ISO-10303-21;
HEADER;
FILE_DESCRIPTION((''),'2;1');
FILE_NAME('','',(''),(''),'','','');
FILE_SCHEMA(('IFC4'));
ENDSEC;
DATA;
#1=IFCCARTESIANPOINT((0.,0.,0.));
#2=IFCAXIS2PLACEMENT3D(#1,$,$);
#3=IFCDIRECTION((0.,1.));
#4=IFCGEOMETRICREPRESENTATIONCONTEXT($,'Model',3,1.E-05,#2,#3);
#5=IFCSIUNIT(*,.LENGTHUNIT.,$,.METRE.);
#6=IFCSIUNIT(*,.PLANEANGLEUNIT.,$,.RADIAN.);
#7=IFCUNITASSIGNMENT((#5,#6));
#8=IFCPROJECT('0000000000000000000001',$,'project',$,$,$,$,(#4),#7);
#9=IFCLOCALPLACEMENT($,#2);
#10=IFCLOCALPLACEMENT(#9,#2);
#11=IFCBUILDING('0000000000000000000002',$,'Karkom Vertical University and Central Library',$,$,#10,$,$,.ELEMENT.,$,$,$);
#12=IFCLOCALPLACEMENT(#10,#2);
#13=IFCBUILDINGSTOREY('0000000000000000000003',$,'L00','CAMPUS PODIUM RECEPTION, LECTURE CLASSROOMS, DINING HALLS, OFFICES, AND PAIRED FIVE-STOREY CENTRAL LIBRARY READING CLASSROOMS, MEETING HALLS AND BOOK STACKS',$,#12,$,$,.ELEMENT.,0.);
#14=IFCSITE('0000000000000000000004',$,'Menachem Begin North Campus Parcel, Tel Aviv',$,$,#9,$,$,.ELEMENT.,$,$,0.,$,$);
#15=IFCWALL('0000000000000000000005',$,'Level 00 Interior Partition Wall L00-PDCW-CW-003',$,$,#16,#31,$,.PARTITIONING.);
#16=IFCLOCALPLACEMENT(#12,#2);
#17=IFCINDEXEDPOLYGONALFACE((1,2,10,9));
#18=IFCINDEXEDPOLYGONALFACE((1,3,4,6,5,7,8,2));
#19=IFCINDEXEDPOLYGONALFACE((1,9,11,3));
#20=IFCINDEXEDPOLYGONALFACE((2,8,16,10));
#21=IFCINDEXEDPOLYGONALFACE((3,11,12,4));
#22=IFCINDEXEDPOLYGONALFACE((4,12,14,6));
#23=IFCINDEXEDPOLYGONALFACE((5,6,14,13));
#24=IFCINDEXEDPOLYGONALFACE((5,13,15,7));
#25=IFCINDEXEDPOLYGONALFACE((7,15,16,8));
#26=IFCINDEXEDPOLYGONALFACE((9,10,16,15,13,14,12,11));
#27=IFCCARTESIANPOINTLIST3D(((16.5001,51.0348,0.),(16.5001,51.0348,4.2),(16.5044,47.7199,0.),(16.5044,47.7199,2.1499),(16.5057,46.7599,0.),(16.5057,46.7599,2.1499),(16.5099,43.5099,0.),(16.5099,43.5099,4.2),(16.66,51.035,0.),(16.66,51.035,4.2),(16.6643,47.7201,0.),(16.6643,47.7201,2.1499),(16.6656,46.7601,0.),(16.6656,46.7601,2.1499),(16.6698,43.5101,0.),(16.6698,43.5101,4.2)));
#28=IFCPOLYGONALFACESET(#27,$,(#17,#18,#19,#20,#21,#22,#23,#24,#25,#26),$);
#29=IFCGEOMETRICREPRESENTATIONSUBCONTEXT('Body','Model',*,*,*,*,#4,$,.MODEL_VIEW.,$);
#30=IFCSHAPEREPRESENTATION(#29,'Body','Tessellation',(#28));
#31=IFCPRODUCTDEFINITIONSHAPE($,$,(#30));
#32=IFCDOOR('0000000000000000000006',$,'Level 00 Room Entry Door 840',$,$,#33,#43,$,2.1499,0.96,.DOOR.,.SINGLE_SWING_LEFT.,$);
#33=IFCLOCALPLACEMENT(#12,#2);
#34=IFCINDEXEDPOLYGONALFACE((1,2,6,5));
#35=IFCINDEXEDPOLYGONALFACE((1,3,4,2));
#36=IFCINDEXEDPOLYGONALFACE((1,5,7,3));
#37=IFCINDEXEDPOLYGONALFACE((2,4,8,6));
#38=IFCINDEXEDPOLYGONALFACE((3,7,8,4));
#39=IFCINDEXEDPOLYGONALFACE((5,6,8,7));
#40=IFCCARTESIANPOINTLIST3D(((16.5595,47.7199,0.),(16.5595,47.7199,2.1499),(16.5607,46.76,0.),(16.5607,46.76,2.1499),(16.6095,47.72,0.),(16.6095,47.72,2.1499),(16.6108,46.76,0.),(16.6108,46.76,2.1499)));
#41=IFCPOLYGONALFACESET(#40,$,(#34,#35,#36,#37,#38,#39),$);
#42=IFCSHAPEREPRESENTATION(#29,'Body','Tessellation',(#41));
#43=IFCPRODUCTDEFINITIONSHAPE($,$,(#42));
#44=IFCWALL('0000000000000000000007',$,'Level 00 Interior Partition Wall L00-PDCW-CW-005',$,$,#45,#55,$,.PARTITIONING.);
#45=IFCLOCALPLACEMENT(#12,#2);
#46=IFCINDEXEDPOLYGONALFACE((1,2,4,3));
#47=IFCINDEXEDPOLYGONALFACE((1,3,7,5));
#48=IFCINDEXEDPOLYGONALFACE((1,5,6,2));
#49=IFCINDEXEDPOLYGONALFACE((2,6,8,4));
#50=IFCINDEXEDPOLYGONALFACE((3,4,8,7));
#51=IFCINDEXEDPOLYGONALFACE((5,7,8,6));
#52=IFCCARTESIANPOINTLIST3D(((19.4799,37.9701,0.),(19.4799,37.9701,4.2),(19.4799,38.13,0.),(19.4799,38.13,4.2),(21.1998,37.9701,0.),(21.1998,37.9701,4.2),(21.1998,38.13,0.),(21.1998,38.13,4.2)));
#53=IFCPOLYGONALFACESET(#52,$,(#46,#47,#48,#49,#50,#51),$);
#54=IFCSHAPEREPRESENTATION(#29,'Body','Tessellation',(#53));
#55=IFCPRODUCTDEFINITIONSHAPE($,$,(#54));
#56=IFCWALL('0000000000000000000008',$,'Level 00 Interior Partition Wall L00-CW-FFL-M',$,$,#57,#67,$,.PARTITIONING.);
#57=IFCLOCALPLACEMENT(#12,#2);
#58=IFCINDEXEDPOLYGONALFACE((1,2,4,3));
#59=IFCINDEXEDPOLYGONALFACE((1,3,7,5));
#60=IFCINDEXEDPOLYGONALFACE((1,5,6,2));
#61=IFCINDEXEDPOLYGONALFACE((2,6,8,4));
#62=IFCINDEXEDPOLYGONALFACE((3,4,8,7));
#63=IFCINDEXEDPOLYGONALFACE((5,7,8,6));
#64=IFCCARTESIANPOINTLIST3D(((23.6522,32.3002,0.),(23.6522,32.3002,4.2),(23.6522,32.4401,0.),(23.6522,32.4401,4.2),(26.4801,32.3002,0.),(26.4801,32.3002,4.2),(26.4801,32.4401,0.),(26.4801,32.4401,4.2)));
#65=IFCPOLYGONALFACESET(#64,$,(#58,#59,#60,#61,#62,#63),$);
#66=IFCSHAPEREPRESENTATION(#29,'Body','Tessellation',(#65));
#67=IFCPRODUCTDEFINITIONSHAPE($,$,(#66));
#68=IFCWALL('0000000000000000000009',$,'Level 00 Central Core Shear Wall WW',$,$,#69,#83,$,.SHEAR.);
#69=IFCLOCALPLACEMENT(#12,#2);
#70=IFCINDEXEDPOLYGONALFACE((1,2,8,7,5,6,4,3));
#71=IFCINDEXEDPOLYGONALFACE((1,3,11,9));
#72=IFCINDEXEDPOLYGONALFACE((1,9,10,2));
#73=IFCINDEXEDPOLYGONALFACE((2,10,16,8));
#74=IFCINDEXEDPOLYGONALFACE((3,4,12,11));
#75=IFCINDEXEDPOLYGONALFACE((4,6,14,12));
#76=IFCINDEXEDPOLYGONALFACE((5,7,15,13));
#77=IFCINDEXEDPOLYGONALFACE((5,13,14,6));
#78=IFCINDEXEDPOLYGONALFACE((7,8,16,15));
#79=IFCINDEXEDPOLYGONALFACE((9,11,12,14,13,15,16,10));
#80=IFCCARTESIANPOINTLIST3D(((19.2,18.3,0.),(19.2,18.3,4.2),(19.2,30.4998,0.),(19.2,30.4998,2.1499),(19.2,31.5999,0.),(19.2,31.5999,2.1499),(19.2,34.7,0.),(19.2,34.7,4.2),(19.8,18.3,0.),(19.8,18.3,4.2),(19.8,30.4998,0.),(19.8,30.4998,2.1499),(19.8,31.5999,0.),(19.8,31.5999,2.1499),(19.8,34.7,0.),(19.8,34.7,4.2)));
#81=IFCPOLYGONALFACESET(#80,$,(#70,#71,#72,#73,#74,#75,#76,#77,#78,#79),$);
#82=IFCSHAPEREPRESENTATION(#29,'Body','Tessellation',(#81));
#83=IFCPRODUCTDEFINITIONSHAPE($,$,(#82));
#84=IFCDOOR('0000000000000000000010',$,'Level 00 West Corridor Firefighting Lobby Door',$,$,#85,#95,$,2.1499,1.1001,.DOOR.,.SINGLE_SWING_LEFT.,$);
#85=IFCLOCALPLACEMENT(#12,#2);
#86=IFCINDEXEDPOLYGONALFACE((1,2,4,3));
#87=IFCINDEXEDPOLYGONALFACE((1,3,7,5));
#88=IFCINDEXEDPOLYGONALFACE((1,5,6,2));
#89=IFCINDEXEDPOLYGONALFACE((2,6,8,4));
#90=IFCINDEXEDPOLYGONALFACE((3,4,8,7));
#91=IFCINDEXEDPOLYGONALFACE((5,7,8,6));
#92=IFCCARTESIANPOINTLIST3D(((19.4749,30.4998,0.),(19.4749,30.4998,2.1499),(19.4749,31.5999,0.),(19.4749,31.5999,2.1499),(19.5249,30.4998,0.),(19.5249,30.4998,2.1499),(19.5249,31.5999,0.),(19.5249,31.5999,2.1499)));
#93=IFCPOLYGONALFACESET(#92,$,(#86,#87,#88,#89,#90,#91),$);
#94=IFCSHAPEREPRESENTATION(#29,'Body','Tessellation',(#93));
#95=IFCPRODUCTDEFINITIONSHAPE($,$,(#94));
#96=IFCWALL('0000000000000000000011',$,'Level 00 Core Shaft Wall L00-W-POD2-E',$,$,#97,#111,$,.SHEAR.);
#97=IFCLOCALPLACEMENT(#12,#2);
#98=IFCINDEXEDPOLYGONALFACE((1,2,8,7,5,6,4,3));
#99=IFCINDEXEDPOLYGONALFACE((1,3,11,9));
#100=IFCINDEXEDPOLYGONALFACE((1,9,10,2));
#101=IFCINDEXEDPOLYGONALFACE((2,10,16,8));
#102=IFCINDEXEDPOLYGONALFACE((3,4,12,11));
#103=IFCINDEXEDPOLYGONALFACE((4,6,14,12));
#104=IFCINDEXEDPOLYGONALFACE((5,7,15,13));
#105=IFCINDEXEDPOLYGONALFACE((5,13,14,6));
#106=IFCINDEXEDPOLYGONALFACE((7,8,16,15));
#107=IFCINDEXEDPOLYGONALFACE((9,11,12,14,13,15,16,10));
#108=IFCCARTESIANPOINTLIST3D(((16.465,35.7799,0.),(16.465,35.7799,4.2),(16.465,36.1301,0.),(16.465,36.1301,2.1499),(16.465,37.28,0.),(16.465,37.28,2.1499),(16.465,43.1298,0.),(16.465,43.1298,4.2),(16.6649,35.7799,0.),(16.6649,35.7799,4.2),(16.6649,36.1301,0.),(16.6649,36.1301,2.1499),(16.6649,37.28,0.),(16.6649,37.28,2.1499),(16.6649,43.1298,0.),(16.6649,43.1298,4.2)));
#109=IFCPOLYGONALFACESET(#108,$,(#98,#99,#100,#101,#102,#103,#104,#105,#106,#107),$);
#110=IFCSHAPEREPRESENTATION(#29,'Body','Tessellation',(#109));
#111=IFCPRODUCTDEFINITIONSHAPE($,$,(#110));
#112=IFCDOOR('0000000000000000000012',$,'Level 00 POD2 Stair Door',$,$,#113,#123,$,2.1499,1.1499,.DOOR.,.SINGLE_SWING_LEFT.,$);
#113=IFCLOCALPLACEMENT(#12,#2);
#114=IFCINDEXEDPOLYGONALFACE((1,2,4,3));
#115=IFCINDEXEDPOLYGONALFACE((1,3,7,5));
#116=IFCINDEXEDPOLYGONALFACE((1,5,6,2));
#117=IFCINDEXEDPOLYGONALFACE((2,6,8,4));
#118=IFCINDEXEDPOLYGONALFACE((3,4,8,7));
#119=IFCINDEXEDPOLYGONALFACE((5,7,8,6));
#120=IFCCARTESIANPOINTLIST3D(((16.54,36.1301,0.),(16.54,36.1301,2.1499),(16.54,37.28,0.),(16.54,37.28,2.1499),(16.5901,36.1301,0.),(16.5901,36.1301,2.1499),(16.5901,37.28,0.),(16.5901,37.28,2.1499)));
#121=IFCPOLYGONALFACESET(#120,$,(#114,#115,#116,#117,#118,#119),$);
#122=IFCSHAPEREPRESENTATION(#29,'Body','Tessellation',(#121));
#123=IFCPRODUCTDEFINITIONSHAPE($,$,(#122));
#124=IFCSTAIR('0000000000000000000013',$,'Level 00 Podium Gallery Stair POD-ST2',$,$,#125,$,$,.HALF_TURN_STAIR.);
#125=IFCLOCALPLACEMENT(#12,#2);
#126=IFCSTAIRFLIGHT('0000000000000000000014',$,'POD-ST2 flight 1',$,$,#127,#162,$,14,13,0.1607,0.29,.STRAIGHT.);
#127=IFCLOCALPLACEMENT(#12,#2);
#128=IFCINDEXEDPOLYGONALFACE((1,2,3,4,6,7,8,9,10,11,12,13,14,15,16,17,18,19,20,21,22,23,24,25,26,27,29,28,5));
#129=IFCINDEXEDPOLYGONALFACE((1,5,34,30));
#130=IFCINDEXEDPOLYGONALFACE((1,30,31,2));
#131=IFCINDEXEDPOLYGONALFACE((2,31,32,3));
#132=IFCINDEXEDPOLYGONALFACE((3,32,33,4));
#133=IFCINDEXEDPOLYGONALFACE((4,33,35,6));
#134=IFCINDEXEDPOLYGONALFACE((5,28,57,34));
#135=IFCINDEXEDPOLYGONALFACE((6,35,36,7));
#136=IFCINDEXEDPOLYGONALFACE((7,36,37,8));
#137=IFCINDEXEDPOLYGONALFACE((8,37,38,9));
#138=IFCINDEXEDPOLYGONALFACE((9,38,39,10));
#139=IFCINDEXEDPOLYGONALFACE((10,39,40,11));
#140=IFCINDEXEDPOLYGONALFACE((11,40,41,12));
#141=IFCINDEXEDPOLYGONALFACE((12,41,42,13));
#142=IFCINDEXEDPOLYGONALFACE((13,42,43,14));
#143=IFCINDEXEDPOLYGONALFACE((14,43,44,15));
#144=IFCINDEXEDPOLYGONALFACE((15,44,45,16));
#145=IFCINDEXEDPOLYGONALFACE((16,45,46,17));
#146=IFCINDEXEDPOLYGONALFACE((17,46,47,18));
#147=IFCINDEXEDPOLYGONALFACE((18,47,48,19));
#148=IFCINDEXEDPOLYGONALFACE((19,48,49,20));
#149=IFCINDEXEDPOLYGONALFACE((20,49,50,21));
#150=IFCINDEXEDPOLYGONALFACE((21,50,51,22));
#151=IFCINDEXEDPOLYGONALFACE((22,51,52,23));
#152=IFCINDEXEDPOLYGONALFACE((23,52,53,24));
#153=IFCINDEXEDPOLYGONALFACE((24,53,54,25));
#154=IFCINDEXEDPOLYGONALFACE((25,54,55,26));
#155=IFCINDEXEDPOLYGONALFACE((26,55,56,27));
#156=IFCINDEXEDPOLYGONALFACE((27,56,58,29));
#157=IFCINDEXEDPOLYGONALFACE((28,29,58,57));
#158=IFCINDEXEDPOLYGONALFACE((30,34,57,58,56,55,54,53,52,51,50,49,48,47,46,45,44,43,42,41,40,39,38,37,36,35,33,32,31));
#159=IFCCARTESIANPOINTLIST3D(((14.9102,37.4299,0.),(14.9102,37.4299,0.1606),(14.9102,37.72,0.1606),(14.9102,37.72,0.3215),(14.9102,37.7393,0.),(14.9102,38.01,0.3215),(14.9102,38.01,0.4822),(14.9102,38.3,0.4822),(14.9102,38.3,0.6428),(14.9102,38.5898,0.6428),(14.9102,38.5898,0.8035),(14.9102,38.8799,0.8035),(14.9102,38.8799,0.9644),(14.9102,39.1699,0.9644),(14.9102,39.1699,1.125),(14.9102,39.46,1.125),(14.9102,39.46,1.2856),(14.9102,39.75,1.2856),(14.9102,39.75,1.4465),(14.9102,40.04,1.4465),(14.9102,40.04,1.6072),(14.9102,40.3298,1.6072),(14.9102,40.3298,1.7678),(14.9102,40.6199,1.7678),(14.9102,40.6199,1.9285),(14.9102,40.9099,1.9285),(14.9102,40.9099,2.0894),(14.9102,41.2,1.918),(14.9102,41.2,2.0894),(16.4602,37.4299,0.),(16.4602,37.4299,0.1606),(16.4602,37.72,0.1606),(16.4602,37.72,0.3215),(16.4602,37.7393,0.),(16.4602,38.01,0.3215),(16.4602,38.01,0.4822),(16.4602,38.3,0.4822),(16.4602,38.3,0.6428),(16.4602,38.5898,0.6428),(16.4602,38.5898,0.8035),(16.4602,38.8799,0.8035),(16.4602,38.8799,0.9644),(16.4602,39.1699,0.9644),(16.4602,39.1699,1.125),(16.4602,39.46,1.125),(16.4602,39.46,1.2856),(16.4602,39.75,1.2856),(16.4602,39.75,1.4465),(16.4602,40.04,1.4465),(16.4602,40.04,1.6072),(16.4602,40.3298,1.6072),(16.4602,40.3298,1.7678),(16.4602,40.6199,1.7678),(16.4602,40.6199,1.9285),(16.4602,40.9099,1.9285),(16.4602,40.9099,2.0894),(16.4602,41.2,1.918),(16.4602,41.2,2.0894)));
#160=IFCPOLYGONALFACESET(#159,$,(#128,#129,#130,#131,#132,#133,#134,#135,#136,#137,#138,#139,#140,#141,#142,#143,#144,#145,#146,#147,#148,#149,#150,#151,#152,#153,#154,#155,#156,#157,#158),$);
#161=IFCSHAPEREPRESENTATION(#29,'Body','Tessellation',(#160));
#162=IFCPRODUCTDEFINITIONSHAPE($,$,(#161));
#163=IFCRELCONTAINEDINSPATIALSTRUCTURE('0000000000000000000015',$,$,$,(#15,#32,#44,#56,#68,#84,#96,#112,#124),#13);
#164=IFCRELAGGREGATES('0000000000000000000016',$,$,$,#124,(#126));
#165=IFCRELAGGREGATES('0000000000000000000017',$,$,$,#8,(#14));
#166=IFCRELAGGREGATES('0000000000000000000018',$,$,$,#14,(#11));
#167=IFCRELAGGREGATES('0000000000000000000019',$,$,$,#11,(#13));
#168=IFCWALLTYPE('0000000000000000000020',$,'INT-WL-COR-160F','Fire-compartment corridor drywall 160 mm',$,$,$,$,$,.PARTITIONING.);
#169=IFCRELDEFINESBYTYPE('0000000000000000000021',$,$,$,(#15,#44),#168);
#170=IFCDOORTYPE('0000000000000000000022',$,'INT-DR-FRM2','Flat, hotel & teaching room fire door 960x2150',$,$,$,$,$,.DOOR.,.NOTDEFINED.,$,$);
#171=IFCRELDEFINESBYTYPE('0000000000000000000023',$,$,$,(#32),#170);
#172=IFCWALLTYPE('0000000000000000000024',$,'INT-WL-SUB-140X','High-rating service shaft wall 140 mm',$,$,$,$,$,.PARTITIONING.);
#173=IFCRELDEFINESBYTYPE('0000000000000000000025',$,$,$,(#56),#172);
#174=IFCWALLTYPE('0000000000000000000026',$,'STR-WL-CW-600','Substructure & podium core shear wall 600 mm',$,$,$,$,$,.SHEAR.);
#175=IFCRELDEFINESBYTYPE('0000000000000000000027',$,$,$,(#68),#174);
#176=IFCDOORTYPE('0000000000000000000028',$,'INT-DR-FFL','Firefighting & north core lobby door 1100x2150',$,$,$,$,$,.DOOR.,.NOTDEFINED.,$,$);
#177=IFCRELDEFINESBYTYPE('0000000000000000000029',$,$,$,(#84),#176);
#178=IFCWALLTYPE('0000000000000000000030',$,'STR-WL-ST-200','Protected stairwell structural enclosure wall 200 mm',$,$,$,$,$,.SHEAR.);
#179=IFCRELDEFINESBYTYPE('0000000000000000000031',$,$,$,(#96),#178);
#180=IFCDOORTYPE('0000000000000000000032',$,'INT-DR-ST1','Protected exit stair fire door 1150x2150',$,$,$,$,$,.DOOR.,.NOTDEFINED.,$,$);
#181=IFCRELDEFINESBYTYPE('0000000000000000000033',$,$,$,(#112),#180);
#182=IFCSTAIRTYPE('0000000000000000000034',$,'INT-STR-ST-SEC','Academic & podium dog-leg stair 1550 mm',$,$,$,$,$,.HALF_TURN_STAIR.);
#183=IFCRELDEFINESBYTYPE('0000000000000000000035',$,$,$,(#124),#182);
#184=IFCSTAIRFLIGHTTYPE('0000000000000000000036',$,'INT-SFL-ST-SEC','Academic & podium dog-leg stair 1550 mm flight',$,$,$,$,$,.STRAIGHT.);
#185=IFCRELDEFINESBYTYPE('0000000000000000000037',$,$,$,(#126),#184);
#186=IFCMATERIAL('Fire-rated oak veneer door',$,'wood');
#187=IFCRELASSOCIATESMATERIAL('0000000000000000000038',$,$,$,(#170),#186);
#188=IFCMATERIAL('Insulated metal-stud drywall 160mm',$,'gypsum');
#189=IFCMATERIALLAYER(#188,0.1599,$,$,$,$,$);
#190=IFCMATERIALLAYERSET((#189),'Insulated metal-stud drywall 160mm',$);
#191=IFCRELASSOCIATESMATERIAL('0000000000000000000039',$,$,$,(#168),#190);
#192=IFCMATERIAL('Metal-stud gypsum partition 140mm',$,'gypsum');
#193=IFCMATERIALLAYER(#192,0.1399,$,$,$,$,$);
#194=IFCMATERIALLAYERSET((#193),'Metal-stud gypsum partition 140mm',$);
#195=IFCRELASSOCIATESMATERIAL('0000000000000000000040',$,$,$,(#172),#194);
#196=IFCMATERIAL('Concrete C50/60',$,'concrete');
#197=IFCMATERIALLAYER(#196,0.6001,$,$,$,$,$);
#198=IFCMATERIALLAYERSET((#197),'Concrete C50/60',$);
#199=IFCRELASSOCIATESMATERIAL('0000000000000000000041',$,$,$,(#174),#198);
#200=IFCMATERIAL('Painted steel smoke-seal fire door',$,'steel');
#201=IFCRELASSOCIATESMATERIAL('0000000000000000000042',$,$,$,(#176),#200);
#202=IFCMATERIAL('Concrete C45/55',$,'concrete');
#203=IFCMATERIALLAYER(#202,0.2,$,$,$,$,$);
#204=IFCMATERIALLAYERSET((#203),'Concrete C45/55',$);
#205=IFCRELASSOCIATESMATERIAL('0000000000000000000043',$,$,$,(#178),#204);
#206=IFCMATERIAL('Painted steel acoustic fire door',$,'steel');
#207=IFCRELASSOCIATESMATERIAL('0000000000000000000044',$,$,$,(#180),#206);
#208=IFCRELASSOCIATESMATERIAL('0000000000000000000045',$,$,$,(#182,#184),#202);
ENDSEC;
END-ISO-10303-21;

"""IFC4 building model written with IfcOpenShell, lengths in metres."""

from ifc_helpers import new_model, si_unit, direction, frame, frame_2d, origin, origin_with_axes, place, context, subcontext, project, spatial, polyline, rectangle, outline, extrude, source, transform, mapped, material, layer, layer_set, type_object, element, fill, aggregate, save


model = new_model("IFC4")

# Units and contexts
model_context = context("Model", 3, precision=1e-05, world=origin(), true_north=direction((0.0, 1.0)))
body_context = subcontext(model_context, "Body", "Model", "MODEL_VIEW")
ifc_project = project(units=[si_unit("LENGTHUNIT", "METRE"), si_unit("PLANEANGLEUNIT", "RADIAN")], contexts=[model_context])

# Site, building, storey
site_placement = place(None, origin())
site = spatial("IfcSite", under=ifc_project, at=site_placement, Name="Menachem Begin North Campus Parcel, Tel Aviv", CompositionType="ELEMENT", RefElevation=0.0)
building_placement = place(site_placement, origin())
building = spatial("IfcBuilding", under=site, at=building_placement, Name="Karkom Vertical University and Central Library", CompositionType="ELEMENT")
storey_placement = place(building_placement, origin())
storey = spatial("IfcBuildingStorey", under=building, at=storey_placement, Name="L00", Description="CAMPUS PODIUM RECEPTION, LECTURE CLASSROOMS, DINING HALLS, OFFICES, AND PAIRED FIVE-STOREY CENTRAL LIBRARY READING CLASSROOMS, MEETING HALLS AND BOOK STACKS", CompositionType="ELEMENT", Elevation=0.0)

# Shared definitions
ifc_material_1 = material(Name="Concrete C50/60", Category="concrete")

# Shared definitions
ifc_material_2 = material(Name="Insulated metal-stud drywall 160mm", Category="gypsum")
ifc_material_3 = material(Name="Fire-rated oak veneer door", Category="wood")
door_type_1 = type_object("IfcDoorType", Name="INT-DR-FRM2", Description="Flat, hotel & teaching room fire door 960x2150", OperationType="NOTDEFINED", PredefinedType="DOOR", material=ifc_material_3)
shared_shape_1 = source(origin_with_axes(), body_context, "Body", "SweptSolid", [
    extrude(rectangle(XDim=0.96, YDim=2.1499, at=frame_2d((0.48, 1.075))), frame((0.0, 0.0249, 0.0), z_axis=(0.0, -1.0, 0.0), x_axis=(1.0, 0.0, 0.0)), (0.0, 0.0, 1.0), 0.05),
])

# Shared definitions
ifc_layer_1 = layer(ifc_material_2, 0.1599)
ifc_layer_set_1 = layer_set([ifc_layer_1], Name="Insulated metal-stud drywall 160mm")
wall_type_1 = type_object("IfcWallType", Name="INT-WL-COR-160F", Description="Fire-compartment corridor drywall 160 mm", PredefinedType="PARTITIONING", material=ifc_layer_set_1)

# Wall, opening, door
wall_1_placement = place(storey_placement, frame((16.5898, 43.51, 0.0), z_axis=(0.0, 0.0, 1.0), x_axis=(-0.001298, 0.999999, 0.0)))
wall_1 = element("IfcWall", 1, at=wall_1_placement, inside=storey, type_object=wall_type_1, Name="Level 00 Interior Partition Wall L00-PDCW-CW-003", PredefinedType="PARTITIONING", context=body_context, shape_type="SweptSolid", body=[
    extrude(rectangle(XDim=7.5249, YDim=0.1599, at=frame_2d((3.7625, 0.0))), origin(), (0.0, 0.0, 1.0), 4.2),
])
opening_1_placement = place(wall_1_placement, frame((3.25, 0.0, 0.0)))
opening_1 = element("IfcOpeningElement", 2, at=opening_1_placement, cuts=wall_1, PredefinedType="OPENING", context=body_context, shape_type="SweptSolid", body=[
    extrude(rectangle(XDim=0.96, YDim=2.1499, at=frame_2d((0.48, 1.075))), frame((0.0, 0.0898, 0.0), z_axis=(0.0, -1.0, 0.0), x_axis=(1.0, 0.0, 0.0)), (0.0, 0.0, 1.0), 0.1799),
])
door_1_placement = place(opening_1_placement, origin())
door_1 = element("IfcDoor", 3, at=door_1_placement, inside=storey, type_object=door_type_1, Name="Level 00 Room Entry Door 840", OperationType="SINGLE_SWING_LEFT", OverallHeight=2.1499, OverallWidth=0.96, PredefinedType="DOOR", context=body_context, shape_type="MappedRepresentation", body=[
    mapped(shared_shape_1, transform((0.0, 0.0, 0.0), scale=1.0)),
])
fill(opening_1, door_1)

# Walls
wall_2_placement = place(storey_placement, frame((19.48, 38.05, 0.0), z_axis=(0.0, 0.0, 1.0), x_axis=(1.0, 0.0, 0.0)))
element("IfcWall", 4, at=wall_2_placement, inside=storey, type_object=wall_type_1, Name="Level 00 Interior Partition Wall L00-PDCW-CW-005", PredefinedType="PARTITIONING", context=body_context, shape_type="SweptSolid", body=[
    extrude(rectangle(XDim=1.72, YDim=0.1599, at=frame_2d((0.8599, 0.0))), origin(), (0.0, 0.0, 1.0), 4.2),
])
ifc_material_4 = material(Name="Metal-stud gypsum partition 140mm", Category="gypsum")
ifc_layer_2 = layer(ifc_material_4, 0.1399)
ifc_layer_set_2 = layer_set([ifc_layer_2], Name="Metal-stud gypsum partition 140mm")
wall_type_2 = type_object("IfcWallType", Name="INT-WL-SUB-140X", Description="High-rating service shaft wall 140 mm", PredefinedType="PARTITIONING", material=ifc_layer_set_2)
wall_3_placement = place(storey_placement, frame((23.6521, 32.3701, 0.0), z_axis=(0.0, 0.0, 1.0), x_axis=(1.0, 0.0, 0.0)))
element("IfcWall", 5, at=wall_3_placement, inside=storey, type_object=wall_type_2, Name="Level 00 Interior Partition Wall L00-CW-FFL-M", PredefinedType="PARTITIONING", context=body_context, shape_type="SweptSolid", body=[
    extrude(rectangle(XDim=2.8279, YDim=0.1399, at=frame_2d((1.4141, 0.0))), origin(), (0.0, 0.0, 1.0), 4.2),
])

# Walls, openings, doors
ifc_layer_3 = layer(ifc_material_1, 0.6001)
ifc_layer_set_3 = layer_set([ifc_layer_3], Name="Concrete C50/60")
wall_type_3 = type_object("IfcWallType", Name="STR-WL-CW-600", Description="Substructure & podium core shear wall 600 mm", PredefinedType="SHEAR", material=ifc_layer_set_3)
wall_4_placement = place(storey_placement, frame((19.5, 34.7, 0.0), z_axis=(0.0, 0.0, 1.0), x_axis=(0.0, -1.0, 0.0)))
wall_4 = element("IfcWall", 6, at=wall_4_placement, inside=storey, type_object=wall_type_3, Name="Level 00 Central Core Shear Wall WW", PredefinedType="SHEAR", context=body_context, shape_type="SweptSolid", body=[
    extrude(rectangle(XDim=16.3999, YDim=0.6001, at=frame_2d((8.2, 0.0))), origin(), (0.0, 0.0, 1.0), 4.2),
])
opening_2_placement = place(wall_4_placement, frame((3.1001, 0.0, 0.0)))
opening_2 = element("IfcOpeningElement", 7, at=opening_2_placement, cuts=wall_4, PredefinedType="OPENING", context=body_context, shape_type="SweptSolid", body=[
    extrude(rectangle(XDim=1.1001, YDim=2.1499, at=frame_2d((0.55, 1.075))), frame((0.0, 0.3101, 0.0), z_axis=(0.0, -1.0, 0.0), x_axis=(1.0, 0.0, 0.0)), (0.0, 0.0, 1.0), 0.6201),
])
ifc_material_5 = material(Name="Painted steel smoke-seal fire door", Category="steel")
door_type_2 = type_object("IfcDoorType", Name="INT-DR-FFL", Description="Firefighting & north core lobby door 1100x2150", OperationType="NOTDEFINED", PredefinedType="DOOR", material=ifc_material_5)
shared_shape_2 = source(origin_with_axes(), body_context, "Body", "SweptSolid", [
    extrude(rectangle(XDim=1.1001, YDim=2.1499, at=frame_2d((0.55, 1.075))), frame((0.0, 0.0249, 0.0), z_axis=(0.0, -1.0, 0.0), x_axis=(1.0, 0.0, 0.0)), (0.0, 0.0, 1.0), 0.05),
])
door_2_placement = place(opening_2_placement, origin())
door_2 = element("IfcDoor", 8, at=door_2_placement, inside=storey, type_object=door_type_2, Name="Level 00 West Corridor Firefighting Lobby Door", OperationType="SINGLE_SWING_LEFT", OverallHeight=2.1499, OverallWidth=1.1001, PredefinedType="DOOR", context=body_context, shape_type="MappedRepresentation", body=[
    mapped(shared_shape_2, transform((0.0, 0.0, 0.0), scale=1.0)),
])
fill(opening_2, door_2)
ifc_material_6 = material(Name="Concrete C45/55", Category="concrete")
ifc_layer_4 = layer(ifc_material_6, 0.2)
ifc_layer_set_4 = layer_set([ifc_layer_4], Name="Concrete C45/55")
wall_type_4 = type_object("IfcWallType", Name="STR-WL-ST-200", Description="Protected stairwell structural enclosure wall 200 mm", PredefinedType="SHEAR", material=ifc_layer_set_4)
wall_5_placement = place(storey_placement, frame((16.5649, 35.78, 0.0), z_axis=(0.0, 0.0, 1.0), x_axis=(0.0, 1.0, 0.0)))
wall_5 = element("IfcWall", 9, at=wall_5_placement, inside=storey, type_object=wall_type_4, Name="Level 00 Core Shaft Wall L00-W-POD2-E", PredefinedType="SHEAR", context=body_context, shape_type="SweptSolid", body=[
    extrude(rectangle(XDim=7.3499, YDim=0.2, at=frame_2d((3.6748, 0.0))), origin(), (0.0, 0.0, 1.0), 4.2),
])
opening_3_placement = place(wall_5_placement, frame((0.3501, 0.0, 0.0)))
opening_3 = element("IfcOpeningElement", 10, at=opening_3_placement, cuts=wall_5, PredefinedType="OPENING", context=body_context, shape_type="SweptSolid", body=[
    extrude(rectangle(XDim=1.1499, YDim=2.1499, at=frame_2d((0.575, 1.075))), frame((0.0, 0.1099, 0.0), z_axis=(0.0, -1.0, 0.0), x_axis=(1.0, 0.0, 0.0)), (0.0, 0.0, 1.0), 0.22),
])
ifc_material_7 = material(Name="Painted steel acoustic fire door", Category="steel")
door_type_3 = type_object("IfcDoorType", Name="INT-DR-ST1", Description="Protected exit stair fire door 1150x2150", OperationType="NOTDEFINED", PredefinedType="DOOR", material=ifc_material_7)
shared_shape_3 = source(origin_with_axes(), body_context, "Body", "SweptSolid", [
    extrude(rectangle(XDim=1.1499, YDim=2.1499, at=frame_2d((0.575, 1.075))), frame((0.0, 0.0249, 0.0), z_axis=(0.0, -1.0, 0.0), x_axis=(1.0, 0.0, 0.0)), (0.0, 0.0, 1.0), 0.05),
])
door_3_placement = place(opening_3_placement, origin())
door_3 = element("IfcDoor", 11, at=door_3_placement, inside=storey, type_object=door_type_3, Name="Level 00 POD2 Stair Door", OperationType="SINGLE_SWING_LEFT", OverallHeight=2.1499, OverallWidth=1.1499, PredefinedType="DOOR", context=body_context, shape_type="MappedRepresentation", body=[
    mapped(shared_shape_3, transform((0.0, 0.0, 0.0), scale=1.0)),
])
fill(opening_3, door_3)

# Stair, stair flight
stair_type = type_object("IfcStairType", Name="INT-STR-ST-SEC", Description="Academic & podium dog-leg stair 1550 mm", PredefinedType="HALF_TURN_STAIR", material=ifc_material_6)
stair_placement = place(storey_placement, origin())
stair = element("IfcStair", 12, at=stair_placement, inside=storey, type_object=stair_type, Name="Level 00 Podium Gallery Stair POD-ST2", PredefinedType="HALF_TURN_STAIR")
stair_flight_type = type_object("IfcStairFlightType", Name="INT-SFL-ST-SEC", Description="Academic & podium dog-leg stair 1550 mm flight", PredefinedType="STRAIGHT", material=ifc_material_6)
stair_flight_placement = place(storey_placement, frame((15.6851, 37.4299, 0.0), z_axis=(0.0, 0.0, 1.0), x_axis=(0.0, 1.0, 0.0)))
stair_flight = element("IfcStairFlight", 13, at=stair_flight_placement, type_object=stair_flight_type, Name="POD-ST2 flight 1", NumberOfRisers=14, NumberOfTreads=13, PredefinedType="STRAIGHT", RiserHeight=0.1607, TreadLength=0.29, context=body_context, shape_type="SweptSolid", body=[
    extrude(outline(polyline([(0.0, 0.0), (0.0, 0.1606), (0.29, 0.1606), (0.29, 0.3215), (0.5801, 0.3215), (0.5801, 0.4822), (0.8701, 0.4822), (0.8701, 0.6428), (1.1599, 0.6428), (1.1599, 0.8035), (1.45, 0.8035), (1.45, 0.9644), (1.74, 0.9644), (1.74, 1.125), (2.03, 1.125), (2.03, 1.2856), (2.3201, 1.2856), (2.3201, 1.4465), (2.6101, 1.4465), (2.6101, 1.6072), (2.8999, 1.6072), (2.8999, 1.7678), (3.1899, 1.7678), (3.1899, 1.9285), (3.48, 1.9285), (3.48, 2.0894), (3.77, 2.0894), (3.77, 2.25), (3.77, 1.918), (0.3093, 0.0), (0.0, 0.0)])), frame((0.0, 0.7749, 0.0), z_axis=(0.0, -1.0, 0.0), x_axis=(1.0, 0.0, 0.0)), (0.0, 0.0, 1.0), 1.55),
])
aggregate(stair, [stair_flight])

save(model, "model.ifc")
